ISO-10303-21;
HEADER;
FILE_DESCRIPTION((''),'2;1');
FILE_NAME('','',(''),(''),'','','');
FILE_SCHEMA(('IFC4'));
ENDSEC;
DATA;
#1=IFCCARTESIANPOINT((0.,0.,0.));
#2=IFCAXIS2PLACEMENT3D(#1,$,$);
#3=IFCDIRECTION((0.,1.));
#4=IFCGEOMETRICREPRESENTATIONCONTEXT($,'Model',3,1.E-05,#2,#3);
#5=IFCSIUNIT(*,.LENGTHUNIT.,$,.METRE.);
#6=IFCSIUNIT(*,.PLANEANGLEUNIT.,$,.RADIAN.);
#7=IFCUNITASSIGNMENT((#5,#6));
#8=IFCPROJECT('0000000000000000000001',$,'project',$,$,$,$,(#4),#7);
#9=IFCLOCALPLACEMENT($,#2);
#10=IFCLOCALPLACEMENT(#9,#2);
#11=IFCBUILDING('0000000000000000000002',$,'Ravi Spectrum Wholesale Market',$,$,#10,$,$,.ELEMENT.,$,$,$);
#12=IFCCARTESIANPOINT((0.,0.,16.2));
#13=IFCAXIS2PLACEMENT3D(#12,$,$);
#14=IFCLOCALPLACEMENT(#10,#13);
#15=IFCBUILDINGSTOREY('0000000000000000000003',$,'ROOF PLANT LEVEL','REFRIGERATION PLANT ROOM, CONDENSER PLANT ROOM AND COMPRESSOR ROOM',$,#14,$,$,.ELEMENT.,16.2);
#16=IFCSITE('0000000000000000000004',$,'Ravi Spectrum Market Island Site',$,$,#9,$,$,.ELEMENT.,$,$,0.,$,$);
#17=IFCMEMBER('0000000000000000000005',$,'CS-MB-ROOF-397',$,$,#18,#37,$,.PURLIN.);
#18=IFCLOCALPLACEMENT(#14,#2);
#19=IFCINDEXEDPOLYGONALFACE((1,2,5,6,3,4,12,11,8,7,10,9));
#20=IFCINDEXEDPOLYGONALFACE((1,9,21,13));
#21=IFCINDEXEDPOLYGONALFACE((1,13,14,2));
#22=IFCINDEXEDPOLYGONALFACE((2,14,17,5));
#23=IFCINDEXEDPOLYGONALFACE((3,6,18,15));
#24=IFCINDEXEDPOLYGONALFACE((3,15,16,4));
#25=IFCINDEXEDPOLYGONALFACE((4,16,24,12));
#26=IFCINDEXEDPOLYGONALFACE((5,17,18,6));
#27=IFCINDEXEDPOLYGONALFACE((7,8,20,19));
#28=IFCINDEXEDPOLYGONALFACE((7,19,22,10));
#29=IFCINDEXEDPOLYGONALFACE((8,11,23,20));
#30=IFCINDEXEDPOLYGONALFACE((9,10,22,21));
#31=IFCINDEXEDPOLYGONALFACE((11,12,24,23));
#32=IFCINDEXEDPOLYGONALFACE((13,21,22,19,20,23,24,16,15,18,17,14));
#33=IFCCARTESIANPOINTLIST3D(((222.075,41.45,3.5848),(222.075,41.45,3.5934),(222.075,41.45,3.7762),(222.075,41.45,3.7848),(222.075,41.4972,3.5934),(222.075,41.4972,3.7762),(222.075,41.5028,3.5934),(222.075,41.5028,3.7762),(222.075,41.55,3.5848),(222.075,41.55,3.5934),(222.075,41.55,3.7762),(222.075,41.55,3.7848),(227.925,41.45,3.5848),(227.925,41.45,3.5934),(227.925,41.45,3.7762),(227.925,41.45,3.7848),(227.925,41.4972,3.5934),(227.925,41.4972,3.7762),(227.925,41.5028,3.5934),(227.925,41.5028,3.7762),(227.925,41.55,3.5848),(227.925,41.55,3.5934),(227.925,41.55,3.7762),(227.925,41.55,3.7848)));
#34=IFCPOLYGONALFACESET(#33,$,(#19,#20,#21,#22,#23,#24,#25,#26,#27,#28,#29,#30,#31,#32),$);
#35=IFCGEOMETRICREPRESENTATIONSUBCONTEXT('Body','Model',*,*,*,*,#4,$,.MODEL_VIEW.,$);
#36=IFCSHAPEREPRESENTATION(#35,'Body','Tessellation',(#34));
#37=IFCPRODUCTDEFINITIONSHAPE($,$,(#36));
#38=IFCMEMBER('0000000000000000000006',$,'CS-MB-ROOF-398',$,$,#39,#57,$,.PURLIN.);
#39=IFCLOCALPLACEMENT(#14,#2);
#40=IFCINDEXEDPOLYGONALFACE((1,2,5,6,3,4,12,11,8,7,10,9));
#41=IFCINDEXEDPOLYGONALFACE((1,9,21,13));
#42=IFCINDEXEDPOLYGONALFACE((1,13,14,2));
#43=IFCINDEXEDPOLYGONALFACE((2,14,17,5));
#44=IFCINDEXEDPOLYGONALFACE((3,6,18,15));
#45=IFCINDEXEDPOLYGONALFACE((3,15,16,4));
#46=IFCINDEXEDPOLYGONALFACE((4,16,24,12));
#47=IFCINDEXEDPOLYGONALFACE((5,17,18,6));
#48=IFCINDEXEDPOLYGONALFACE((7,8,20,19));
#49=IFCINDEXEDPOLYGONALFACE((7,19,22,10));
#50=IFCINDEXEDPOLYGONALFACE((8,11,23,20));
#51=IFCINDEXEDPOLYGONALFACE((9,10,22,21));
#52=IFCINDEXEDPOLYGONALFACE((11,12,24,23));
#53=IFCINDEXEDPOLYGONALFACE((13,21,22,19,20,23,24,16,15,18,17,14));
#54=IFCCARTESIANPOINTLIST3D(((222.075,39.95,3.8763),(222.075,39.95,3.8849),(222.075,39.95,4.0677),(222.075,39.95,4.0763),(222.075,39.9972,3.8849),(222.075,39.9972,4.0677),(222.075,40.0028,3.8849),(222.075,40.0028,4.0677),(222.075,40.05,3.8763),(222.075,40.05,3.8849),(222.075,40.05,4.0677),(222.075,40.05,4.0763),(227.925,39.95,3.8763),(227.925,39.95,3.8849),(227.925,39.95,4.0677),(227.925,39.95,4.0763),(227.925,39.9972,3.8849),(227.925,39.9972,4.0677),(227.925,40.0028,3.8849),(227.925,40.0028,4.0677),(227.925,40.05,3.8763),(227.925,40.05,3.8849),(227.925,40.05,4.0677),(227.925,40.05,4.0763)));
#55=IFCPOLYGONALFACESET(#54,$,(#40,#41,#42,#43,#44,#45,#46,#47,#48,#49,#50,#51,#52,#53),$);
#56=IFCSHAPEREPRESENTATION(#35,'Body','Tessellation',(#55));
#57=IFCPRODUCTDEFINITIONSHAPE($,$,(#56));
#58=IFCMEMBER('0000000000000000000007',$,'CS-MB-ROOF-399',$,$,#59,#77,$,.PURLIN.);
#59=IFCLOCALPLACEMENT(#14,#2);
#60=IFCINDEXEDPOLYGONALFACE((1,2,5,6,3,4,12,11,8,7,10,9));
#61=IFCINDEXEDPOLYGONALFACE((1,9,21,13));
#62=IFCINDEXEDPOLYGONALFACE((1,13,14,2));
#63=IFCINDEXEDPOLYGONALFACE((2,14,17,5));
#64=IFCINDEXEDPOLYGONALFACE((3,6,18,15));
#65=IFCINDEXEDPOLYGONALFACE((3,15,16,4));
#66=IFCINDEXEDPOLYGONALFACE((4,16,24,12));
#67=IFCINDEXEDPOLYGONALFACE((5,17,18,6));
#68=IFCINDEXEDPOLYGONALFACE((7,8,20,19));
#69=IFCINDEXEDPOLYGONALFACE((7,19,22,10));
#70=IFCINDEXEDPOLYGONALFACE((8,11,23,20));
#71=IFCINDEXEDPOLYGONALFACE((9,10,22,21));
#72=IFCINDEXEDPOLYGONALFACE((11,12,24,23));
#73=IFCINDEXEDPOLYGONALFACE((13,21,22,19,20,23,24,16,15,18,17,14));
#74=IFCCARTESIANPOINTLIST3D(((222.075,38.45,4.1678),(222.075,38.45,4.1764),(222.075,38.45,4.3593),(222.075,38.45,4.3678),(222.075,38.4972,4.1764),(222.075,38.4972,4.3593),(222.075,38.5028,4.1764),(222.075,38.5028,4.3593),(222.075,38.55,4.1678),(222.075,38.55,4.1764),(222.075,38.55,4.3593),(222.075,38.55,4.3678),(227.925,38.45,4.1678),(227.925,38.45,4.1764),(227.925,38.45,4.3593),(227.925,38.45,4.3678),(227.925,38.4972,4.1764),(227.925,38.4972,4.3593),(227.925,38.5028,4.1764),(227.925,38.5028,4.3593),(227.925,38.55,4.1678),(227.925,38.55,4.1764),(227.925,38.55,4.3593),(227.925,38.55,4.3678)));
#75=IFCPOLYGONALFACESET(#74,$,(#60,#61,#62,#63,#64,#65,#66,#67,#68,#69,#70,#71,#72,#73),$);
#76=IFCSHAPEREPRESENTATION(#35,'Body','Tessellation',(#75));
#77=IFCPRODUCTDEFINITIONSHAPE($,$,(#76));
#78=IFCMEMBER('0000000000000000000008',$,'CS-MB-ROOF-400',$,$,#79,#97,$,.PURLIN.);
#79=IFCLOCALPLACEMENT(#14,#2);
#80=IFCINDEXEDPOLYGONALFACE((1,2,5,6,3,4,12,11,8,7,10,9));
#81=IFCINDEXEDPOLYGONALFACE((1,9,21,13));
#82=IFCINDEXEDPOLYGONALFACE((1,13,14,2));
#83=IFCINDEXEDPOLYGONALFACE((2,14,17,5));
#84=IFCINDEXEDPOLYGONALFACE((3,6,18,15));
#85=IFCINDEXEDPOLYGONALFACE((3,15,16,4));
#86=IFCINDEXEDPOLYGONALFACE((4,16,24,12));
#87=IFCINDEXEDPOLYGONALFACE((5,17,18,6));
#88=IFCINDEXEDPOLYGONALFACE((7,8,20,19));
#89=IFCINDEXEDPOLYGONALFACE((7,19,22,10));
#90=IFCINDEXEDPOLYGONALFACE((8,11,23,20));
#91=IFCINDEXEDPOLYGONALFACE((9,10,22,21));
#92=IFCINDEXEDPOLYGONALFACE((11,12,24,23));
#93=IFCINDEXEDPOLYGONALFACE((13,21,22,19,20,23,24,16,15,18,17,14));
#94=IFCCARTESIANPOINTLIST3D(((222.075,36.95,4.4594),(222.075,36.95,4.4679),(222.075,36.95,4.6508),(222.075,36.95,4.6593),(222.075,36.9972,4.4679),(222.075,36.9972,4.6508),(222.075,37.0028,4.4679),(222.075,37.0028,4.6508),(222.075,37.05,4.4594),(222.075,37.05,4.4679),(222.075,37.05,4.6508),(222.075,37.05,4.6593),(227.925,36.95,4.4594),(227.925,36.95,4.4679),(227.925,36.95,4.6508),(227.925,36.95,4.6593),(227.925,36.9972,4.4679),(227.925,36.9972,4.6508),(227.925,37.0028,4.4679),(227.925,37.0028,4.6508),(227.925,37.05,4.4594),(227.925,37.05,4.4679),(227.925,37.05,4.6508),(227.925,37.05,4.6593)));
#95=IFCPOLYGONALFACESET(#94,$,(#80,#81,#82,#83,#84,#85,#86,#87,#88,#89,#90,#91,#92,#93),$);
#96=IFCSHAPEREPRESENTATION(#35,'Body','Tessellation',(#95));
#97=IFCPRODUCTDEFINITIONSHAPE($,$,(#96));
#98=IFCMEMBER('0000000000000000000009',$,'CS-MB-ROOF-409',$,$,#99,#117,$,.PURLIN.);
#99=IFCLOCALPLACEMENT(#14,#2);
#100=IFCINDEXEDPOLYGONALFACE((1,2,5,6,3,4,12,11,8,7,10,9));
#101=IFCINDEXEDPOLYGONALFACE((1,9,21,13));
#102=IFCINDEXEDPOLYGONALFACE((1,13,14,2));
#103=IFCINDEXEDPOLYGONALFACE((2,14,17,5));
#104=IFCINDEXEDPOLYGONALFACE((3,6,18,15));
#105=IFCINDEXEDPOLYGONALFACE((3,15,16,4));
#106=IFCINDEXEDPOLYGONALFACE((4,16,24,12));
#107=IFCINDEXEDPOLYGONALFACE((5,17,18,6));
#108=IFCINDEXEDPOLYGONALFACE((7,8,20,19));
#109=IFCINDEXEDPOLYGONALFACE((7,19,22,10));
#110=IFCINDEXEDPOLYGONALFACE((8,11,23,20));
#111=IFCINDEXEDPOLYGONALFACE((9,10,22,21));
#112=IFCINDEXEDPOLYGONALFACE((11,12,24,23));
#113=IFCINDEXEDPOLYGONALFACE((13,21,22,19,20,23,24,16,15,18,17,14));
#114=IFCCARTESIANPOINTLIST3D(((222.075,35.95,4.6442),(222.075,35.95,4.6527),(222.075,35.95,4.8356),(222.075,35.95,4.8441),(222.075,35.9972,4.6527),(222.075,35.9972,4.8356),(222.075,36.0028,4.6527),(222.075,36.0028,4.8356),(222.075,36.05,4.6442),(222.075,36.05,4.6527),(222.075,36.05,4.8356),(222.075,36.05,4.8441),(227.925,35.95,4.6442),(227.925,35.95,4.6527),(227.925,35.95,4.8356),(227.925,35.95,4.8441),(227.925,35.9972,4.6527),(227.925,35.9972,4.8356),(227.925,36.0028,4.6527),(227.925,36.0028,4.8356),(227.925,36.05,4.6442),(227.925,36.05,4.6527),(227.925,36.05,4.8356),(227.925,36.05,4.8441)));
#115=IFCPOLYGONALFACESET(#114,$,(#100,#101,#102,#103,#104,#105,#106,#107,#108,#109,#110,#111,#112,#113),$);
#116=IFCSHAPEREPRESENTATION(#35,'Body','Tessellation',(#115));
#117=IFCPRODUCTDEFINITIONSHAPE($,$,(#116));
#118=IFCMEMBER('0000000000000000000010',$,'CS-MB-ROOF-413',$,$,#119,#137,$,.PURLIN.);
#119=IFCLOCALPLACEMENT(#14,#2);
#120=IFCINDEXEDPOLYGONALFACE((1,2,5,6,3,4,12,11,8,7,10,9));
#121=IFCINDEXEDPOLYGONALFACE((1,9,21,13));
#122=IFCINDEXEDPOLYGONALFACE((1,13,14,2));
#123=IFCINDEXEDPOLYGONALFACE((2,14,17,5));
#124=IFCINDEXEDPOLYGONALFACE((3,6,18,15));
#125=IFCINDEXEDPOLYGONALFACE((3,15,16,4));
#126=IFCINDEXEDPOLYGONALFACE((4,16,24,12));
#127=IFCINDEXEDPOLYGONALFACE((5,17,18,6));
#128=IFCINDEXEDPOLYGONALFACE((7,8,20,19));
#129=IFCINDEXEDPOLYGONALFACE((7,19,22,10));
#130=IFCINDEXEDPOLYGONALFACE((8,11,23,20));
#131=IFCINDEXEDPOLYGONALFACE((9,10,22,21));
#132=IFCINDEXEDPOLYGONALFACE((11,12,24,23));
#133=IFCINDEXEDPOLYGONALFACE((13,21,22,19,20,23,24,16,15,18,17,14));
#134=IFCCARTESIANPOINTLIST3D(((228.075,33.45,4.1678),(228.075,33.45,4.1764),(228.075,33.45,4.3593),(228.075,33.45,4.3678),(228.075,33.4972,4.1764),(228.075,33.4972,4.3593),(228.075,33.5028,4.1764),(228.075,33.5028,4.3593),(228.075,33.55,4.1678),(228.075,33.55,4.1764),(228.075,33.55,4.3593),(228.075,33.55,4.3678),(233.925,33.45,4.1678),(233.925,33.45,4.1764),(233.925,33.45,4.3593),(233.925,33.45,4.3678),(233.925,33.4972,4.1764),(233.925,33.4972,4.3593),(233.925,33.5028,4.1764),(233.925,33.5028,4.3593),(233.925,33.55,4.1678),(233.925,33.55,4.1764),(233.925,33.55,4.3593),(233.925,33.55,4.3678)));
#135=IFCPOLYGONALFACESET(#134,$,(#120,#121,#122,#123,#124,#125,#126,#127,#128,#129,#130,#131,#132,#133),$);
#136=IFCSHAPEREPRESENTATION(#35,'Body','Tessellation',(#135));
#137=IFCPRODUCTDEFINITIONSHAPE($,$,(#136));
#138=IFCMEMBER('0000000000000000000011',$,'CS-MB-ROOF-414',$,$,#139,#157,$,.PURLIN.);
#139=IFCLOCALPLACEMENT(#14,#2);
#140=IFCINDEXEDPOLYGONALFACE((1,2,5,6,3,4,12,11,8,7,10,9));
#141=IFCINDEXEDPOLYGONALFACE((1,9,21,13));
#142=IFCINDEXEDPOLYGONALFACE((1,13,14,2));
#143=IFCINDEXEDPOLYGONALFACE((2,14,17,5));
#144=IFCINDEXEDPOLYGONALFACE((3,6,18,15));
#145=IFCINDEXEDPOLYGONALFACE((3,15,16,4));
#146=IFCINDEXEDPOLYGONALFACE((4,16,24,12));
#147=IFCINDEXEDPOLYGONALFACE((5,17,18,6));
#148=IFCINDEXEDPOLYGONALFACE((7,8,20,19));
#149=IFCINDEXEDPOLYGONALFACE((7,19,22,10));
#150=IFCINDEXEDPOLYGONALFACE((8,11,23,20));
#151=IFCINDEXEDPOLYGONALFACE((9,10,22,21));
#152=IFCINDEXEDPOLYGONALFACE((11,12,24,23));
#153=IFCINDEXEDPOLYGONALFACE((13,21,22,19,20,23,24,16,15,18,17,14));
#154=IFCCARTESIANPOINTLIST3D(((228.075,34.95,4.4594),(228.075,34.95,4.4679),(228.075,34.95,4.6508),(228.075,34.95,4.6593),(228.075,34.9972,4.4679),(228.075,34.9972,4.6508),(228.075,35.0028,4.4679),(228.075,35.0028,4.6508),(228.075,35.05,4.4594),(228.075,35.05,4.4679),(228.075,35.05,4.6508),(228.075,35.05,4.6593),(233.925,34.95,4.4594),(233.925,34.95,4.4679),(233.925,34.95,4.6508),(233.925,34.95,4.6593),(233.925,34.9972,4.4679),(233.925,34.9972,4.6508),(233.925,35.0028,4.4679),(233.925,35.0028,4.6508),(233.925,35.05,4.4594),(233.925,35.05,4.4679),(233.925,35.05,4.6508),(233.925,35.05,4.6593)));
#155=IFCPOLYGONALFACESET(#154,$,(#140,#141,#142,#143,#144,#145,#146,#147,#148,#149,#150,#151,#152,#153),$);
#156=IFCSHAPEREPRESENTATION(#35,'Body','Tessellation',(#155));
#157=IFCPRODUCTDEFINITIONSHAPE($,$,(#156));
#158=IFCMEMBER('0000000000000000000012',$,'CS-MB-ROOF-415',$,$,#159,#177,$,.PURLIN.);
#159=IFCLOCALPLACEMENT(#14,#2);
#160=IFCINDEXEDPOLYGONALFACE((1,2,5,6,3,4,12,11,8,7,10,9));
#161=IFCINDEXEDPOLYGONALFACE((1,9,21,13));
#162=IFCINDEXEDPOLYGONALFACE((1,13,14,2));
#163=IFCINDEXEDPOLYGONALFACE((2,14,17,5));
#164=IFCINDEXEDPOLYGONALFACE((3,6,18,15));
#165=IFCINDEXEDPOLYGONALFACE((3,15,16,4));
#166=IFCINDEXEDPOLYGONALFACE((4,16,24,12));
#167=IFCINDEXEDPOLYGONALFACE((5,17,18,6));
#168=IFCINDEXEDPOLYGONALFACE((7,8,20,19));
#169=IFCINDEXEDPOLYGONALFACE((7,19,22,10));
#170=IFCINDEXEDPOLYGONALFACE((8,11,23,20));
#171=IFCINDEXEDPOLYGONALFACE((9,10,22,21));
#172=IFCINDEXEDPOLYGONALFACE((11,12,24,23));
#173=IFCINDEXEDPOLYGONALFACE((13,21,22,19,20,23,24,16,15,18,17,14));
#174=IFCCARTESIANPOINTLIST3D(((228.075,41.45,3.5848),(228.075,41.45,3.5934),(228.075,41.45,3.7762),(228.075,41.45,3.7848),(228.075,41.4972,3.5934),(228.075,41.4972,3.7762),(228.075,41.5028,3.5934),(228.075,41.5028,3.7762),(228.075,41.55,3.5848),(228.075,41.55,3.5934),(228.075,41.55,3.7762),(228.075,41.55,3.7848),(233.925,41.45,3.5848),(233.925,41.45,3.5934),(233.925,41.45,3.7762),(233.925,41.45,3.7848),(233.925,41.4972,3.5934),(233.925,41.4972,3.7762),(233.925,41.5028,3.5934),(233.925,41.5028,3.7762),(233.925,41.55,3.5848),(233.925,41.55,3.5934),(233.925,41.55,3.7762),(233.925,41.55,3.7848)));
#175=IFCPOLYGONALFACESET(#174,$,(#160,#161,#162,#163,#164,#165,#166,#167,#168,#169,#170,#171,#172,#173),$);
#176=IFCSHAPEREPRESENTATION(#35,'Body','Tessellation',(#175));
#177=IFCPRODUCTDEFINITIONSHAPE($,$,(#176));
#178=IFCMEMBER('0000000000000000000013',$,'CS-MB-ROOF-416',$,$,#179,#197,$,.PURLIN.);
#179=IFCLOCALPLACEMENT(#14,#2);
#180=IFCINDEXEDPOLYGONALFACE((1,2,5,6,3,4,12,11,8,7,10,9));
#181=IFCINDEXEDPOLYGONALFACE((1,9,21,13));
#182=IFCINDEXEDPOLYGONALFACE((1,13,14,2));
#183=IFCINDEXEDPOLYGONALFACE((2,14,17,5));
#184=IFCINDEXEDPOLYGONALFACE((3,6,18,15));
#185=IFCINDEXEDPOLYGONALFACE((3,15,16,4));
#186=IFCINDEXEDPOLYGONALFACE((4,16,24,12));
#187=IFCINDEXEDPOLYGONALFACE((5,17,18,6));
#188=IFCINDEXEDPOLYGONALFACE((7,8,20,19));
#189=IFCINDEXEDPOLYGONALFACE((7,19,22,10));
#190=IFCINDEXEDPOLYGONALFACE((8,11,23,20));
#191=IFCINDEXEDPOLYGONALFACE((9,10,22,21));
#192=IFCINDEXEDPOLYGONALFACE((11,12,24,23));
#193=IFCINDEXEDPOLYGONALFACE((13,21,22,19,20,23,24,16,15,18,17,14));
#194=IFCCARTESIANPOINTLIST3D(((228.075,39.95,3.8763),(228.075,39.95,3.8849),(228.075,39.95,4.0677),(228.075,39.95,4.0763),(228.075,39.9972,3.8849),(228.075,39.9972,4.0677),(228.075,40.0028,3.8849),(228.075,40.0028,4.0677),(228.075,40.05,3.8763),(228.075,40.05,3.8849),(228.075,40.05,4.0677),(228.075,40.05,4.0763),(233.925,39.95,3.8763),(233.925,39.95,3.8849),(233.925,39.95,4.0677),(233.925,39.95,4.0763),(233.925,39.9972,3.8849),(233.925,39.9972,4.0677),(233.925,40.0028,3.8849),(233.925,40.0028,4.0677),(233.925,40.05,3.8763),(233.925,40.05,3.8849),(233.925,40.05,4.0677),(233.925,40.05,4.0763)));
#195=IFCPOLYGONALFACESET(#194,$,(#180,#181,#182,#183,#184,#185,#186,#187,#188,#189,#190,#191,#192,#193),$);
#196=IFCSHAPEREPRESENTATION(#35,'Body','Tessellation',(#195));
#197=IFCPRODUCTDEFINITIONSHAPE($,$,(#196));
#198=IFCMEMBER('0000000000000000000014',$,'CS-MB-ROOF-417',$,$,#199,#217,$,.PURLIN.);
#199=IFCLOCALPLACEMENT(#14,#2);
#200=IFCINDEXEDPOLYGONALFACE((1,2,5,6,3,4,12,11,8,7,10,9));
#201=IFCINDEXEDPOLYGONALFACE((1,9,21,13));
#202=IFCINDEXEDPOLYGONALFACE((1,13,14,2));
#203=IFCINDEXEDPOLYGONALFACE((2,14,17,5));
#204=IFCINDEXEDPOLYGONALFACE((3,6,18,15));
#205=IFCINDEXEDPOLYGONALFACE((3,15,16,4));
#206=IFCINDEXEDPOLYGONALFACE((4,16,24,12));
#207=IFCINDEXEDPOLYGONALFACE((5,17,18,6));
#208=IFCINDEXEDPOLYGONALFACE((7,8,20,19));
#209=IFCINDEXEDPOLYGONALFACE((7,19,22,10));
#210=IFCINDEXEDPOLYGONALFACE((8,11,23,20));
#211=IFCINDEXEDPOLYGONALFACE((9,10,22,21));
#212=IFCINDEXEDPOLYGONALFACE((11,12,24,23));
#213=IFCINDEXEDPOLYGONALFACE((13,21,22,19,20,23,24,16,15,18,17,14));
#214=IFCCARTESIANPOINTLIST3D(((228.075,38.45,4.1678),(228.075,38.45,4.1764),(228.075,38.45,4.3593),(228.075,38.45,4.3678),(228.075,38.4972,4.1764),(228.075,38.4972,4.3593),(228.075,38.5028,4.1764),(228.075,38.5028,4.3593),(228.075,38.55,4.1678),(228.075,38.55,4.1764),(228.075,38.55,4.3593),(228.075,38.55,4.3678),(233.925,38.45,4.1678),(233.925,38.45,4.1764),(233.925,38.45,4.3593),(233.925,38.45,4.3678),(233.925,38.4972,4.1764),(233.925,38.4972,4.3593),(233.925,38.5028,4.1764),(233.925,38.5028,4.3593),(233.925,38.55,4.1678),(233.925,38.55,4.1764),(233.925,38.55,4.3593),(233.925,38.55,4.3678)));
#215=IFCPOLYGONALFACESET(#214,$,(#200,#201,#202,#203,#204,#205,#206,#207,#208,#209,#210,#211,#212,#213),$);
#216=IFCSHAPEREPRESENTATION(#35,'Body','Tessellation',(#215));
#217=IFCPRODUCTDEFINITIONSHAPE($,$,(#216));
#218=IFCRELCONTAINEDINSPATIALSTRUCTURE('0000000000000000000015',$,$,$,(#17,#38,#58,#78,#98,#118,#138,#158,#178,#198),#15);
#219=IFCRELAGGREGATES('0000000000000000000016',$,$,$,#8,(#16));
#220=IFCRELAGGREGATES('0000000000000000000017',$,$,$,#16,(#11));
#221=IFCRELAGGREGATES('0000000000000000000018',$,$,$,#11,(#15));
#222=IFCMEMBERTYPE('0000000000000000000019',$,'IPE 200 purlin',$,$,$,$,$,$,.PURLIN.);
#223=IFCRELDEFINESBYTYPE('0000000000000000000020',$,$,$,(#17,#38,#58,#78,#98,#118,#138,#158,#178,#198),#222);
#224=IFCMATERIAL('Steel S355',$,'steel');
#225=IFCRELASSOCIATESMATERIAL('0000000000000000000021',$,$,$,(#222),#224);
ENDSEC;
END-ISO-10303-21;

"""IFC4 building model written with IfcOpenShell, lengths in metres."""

from ifc_helpers import new_model, si_unit, direction, frame, origin, origin_2d, place, context, subcontext, project, spatial, i_section, extrude, material, material_profile, profile_set, type_object, element, save


model = new_model("IFC4")

# Units and contexts
model_context = context("Model", 3, precision=1e-05, world=origin(), true_north=direction((0.0, 1.0)))
body_context = subcontext(model_context, "Body", "Model", "MODEL_VIEW")
ifc_project = project(units=[si_unit("LENGTHUNIT", "METRE"), si_unit("PLANEANGLEUNIT", "RADIAN")], contexts=[model_context])

# Site, building, storey
site_placement = place(None, origin())
site = spatial("IfcSite", under=ifc_project, at=site_placement, Name="Ravi Spectrum Market Island Site", CompositionType="ELEMENT", RefElevation=0.0)
building_placement = place(site_placement, origin())
building = spatial("IfcBuilding", under=site, at=building_placement, Name="Ravi Spectrum Wholesale Market", CompositionType="ELEMENT")
storey_placement = place(building_placement, frame((0.0, 0.0, 16.2)))
storey = spatial("IfcBuildingStorey", under=building, at=storey_placement, Name="ROOF PLANT LEVEL", Description="REFRIGERATION PLANT ROOM, CONDENSER PLANT ROOM AND COMPRESSOR ROOM", CompositionType="ELEMENT", Elevation=16.2)

# Members
ifc_material_1 = material(Name="Steel S355", Category="steel")
ifc_material_profile_1 = material_profile(ifc_material_1, i_section(OverallWidth=0.1001, OverallDepth=0.2, WebThickness=0.0056, FlangeThickness=0.0085, at=origin_2d()))
ifc_profile_set_1 = profile_set([ifc_material_profile_1], Name="Steel S355")
member_type = type_object("IfcMemberType", Name="IPE 200 purlin", PredefinedType="PURLIN", material=ifc_profile_set_1)
for number, where, z_axis, x_axis, name in (
    (1, (222.075, 41.5, 3.6848), (1.0, 0.0, 0.0), (0.0, 1.0, 0.0), "CS-MB-ROOF-397"),
    (2, (222.075, 40.0, 3.9763), (1.0, 0.0, 0.0), (0.0, 1.0, 0.0), "CS-MB-ROOF-398"),
    (3, (222.075, 38.5, 4.2678), (1.0, 0.0, 0.0), (0.0, 1.0, 0.0), "CS-MB-ROOF-399"),
    (4, (222.075, 37.0, 4.5593), (1.0, 0.0, 0.0), (0.0, 1.0, 0.0), "CS-MB-ROOF-400"),
    (5, (222.075, 36.0, 4.7441), (1.0, 0.0, 0.0), (0.0, 1.0, 0.0), "CS-MB-ROOF-409"),
    (6, (228.075, 33.5, 4.2678), (1.0, 0.0, 0.0), (0.0, 1.0, 0.0), "CS-MB-ROOF-413"),
    (7, (228.075, 35.0, 4.5593), (1.0, 0.0, 0.0), (0.0, 1.0, 0.0), "CS-MB-ROOF-414"),
    (8, (228.075, 41.5, 3.6848), (1.0, 0.0, 0.0), (0.0, 1.0, 0.0), "CS-MB-ROOF-415"),
    (9, (228.075, 40.0, 3.9763), (1.0, 0.0, 0.0), (0.0, 1.0, 0.0), "CS-MB-ROOF-416"),
    (10, (228.075, 38.5, 4.2678), (1.0, 0.0, 0.0), (0.0, 1.0, 0.0), "CS-MB-ROOF-417"),
):
    element("IfcMember", number, at=place(storey_placement, frame(where, z_axis=z_axis, x_axis=x_axis)), inside=storey, type_object=member_type, Name=name, PredefinedType="PURLIN", context=body_context, shape_type="SweptSolid", body=[
        extrude(i_section(OverallWidth=0.1001, OverallDepth=0.2, WebThickness=0.0056, FlangeThickness=0.0085, at=origin_2d()), origin(), (0.0, 0.0, 1.0), 5.8501),
    ])

save(model, "model.ifc")
